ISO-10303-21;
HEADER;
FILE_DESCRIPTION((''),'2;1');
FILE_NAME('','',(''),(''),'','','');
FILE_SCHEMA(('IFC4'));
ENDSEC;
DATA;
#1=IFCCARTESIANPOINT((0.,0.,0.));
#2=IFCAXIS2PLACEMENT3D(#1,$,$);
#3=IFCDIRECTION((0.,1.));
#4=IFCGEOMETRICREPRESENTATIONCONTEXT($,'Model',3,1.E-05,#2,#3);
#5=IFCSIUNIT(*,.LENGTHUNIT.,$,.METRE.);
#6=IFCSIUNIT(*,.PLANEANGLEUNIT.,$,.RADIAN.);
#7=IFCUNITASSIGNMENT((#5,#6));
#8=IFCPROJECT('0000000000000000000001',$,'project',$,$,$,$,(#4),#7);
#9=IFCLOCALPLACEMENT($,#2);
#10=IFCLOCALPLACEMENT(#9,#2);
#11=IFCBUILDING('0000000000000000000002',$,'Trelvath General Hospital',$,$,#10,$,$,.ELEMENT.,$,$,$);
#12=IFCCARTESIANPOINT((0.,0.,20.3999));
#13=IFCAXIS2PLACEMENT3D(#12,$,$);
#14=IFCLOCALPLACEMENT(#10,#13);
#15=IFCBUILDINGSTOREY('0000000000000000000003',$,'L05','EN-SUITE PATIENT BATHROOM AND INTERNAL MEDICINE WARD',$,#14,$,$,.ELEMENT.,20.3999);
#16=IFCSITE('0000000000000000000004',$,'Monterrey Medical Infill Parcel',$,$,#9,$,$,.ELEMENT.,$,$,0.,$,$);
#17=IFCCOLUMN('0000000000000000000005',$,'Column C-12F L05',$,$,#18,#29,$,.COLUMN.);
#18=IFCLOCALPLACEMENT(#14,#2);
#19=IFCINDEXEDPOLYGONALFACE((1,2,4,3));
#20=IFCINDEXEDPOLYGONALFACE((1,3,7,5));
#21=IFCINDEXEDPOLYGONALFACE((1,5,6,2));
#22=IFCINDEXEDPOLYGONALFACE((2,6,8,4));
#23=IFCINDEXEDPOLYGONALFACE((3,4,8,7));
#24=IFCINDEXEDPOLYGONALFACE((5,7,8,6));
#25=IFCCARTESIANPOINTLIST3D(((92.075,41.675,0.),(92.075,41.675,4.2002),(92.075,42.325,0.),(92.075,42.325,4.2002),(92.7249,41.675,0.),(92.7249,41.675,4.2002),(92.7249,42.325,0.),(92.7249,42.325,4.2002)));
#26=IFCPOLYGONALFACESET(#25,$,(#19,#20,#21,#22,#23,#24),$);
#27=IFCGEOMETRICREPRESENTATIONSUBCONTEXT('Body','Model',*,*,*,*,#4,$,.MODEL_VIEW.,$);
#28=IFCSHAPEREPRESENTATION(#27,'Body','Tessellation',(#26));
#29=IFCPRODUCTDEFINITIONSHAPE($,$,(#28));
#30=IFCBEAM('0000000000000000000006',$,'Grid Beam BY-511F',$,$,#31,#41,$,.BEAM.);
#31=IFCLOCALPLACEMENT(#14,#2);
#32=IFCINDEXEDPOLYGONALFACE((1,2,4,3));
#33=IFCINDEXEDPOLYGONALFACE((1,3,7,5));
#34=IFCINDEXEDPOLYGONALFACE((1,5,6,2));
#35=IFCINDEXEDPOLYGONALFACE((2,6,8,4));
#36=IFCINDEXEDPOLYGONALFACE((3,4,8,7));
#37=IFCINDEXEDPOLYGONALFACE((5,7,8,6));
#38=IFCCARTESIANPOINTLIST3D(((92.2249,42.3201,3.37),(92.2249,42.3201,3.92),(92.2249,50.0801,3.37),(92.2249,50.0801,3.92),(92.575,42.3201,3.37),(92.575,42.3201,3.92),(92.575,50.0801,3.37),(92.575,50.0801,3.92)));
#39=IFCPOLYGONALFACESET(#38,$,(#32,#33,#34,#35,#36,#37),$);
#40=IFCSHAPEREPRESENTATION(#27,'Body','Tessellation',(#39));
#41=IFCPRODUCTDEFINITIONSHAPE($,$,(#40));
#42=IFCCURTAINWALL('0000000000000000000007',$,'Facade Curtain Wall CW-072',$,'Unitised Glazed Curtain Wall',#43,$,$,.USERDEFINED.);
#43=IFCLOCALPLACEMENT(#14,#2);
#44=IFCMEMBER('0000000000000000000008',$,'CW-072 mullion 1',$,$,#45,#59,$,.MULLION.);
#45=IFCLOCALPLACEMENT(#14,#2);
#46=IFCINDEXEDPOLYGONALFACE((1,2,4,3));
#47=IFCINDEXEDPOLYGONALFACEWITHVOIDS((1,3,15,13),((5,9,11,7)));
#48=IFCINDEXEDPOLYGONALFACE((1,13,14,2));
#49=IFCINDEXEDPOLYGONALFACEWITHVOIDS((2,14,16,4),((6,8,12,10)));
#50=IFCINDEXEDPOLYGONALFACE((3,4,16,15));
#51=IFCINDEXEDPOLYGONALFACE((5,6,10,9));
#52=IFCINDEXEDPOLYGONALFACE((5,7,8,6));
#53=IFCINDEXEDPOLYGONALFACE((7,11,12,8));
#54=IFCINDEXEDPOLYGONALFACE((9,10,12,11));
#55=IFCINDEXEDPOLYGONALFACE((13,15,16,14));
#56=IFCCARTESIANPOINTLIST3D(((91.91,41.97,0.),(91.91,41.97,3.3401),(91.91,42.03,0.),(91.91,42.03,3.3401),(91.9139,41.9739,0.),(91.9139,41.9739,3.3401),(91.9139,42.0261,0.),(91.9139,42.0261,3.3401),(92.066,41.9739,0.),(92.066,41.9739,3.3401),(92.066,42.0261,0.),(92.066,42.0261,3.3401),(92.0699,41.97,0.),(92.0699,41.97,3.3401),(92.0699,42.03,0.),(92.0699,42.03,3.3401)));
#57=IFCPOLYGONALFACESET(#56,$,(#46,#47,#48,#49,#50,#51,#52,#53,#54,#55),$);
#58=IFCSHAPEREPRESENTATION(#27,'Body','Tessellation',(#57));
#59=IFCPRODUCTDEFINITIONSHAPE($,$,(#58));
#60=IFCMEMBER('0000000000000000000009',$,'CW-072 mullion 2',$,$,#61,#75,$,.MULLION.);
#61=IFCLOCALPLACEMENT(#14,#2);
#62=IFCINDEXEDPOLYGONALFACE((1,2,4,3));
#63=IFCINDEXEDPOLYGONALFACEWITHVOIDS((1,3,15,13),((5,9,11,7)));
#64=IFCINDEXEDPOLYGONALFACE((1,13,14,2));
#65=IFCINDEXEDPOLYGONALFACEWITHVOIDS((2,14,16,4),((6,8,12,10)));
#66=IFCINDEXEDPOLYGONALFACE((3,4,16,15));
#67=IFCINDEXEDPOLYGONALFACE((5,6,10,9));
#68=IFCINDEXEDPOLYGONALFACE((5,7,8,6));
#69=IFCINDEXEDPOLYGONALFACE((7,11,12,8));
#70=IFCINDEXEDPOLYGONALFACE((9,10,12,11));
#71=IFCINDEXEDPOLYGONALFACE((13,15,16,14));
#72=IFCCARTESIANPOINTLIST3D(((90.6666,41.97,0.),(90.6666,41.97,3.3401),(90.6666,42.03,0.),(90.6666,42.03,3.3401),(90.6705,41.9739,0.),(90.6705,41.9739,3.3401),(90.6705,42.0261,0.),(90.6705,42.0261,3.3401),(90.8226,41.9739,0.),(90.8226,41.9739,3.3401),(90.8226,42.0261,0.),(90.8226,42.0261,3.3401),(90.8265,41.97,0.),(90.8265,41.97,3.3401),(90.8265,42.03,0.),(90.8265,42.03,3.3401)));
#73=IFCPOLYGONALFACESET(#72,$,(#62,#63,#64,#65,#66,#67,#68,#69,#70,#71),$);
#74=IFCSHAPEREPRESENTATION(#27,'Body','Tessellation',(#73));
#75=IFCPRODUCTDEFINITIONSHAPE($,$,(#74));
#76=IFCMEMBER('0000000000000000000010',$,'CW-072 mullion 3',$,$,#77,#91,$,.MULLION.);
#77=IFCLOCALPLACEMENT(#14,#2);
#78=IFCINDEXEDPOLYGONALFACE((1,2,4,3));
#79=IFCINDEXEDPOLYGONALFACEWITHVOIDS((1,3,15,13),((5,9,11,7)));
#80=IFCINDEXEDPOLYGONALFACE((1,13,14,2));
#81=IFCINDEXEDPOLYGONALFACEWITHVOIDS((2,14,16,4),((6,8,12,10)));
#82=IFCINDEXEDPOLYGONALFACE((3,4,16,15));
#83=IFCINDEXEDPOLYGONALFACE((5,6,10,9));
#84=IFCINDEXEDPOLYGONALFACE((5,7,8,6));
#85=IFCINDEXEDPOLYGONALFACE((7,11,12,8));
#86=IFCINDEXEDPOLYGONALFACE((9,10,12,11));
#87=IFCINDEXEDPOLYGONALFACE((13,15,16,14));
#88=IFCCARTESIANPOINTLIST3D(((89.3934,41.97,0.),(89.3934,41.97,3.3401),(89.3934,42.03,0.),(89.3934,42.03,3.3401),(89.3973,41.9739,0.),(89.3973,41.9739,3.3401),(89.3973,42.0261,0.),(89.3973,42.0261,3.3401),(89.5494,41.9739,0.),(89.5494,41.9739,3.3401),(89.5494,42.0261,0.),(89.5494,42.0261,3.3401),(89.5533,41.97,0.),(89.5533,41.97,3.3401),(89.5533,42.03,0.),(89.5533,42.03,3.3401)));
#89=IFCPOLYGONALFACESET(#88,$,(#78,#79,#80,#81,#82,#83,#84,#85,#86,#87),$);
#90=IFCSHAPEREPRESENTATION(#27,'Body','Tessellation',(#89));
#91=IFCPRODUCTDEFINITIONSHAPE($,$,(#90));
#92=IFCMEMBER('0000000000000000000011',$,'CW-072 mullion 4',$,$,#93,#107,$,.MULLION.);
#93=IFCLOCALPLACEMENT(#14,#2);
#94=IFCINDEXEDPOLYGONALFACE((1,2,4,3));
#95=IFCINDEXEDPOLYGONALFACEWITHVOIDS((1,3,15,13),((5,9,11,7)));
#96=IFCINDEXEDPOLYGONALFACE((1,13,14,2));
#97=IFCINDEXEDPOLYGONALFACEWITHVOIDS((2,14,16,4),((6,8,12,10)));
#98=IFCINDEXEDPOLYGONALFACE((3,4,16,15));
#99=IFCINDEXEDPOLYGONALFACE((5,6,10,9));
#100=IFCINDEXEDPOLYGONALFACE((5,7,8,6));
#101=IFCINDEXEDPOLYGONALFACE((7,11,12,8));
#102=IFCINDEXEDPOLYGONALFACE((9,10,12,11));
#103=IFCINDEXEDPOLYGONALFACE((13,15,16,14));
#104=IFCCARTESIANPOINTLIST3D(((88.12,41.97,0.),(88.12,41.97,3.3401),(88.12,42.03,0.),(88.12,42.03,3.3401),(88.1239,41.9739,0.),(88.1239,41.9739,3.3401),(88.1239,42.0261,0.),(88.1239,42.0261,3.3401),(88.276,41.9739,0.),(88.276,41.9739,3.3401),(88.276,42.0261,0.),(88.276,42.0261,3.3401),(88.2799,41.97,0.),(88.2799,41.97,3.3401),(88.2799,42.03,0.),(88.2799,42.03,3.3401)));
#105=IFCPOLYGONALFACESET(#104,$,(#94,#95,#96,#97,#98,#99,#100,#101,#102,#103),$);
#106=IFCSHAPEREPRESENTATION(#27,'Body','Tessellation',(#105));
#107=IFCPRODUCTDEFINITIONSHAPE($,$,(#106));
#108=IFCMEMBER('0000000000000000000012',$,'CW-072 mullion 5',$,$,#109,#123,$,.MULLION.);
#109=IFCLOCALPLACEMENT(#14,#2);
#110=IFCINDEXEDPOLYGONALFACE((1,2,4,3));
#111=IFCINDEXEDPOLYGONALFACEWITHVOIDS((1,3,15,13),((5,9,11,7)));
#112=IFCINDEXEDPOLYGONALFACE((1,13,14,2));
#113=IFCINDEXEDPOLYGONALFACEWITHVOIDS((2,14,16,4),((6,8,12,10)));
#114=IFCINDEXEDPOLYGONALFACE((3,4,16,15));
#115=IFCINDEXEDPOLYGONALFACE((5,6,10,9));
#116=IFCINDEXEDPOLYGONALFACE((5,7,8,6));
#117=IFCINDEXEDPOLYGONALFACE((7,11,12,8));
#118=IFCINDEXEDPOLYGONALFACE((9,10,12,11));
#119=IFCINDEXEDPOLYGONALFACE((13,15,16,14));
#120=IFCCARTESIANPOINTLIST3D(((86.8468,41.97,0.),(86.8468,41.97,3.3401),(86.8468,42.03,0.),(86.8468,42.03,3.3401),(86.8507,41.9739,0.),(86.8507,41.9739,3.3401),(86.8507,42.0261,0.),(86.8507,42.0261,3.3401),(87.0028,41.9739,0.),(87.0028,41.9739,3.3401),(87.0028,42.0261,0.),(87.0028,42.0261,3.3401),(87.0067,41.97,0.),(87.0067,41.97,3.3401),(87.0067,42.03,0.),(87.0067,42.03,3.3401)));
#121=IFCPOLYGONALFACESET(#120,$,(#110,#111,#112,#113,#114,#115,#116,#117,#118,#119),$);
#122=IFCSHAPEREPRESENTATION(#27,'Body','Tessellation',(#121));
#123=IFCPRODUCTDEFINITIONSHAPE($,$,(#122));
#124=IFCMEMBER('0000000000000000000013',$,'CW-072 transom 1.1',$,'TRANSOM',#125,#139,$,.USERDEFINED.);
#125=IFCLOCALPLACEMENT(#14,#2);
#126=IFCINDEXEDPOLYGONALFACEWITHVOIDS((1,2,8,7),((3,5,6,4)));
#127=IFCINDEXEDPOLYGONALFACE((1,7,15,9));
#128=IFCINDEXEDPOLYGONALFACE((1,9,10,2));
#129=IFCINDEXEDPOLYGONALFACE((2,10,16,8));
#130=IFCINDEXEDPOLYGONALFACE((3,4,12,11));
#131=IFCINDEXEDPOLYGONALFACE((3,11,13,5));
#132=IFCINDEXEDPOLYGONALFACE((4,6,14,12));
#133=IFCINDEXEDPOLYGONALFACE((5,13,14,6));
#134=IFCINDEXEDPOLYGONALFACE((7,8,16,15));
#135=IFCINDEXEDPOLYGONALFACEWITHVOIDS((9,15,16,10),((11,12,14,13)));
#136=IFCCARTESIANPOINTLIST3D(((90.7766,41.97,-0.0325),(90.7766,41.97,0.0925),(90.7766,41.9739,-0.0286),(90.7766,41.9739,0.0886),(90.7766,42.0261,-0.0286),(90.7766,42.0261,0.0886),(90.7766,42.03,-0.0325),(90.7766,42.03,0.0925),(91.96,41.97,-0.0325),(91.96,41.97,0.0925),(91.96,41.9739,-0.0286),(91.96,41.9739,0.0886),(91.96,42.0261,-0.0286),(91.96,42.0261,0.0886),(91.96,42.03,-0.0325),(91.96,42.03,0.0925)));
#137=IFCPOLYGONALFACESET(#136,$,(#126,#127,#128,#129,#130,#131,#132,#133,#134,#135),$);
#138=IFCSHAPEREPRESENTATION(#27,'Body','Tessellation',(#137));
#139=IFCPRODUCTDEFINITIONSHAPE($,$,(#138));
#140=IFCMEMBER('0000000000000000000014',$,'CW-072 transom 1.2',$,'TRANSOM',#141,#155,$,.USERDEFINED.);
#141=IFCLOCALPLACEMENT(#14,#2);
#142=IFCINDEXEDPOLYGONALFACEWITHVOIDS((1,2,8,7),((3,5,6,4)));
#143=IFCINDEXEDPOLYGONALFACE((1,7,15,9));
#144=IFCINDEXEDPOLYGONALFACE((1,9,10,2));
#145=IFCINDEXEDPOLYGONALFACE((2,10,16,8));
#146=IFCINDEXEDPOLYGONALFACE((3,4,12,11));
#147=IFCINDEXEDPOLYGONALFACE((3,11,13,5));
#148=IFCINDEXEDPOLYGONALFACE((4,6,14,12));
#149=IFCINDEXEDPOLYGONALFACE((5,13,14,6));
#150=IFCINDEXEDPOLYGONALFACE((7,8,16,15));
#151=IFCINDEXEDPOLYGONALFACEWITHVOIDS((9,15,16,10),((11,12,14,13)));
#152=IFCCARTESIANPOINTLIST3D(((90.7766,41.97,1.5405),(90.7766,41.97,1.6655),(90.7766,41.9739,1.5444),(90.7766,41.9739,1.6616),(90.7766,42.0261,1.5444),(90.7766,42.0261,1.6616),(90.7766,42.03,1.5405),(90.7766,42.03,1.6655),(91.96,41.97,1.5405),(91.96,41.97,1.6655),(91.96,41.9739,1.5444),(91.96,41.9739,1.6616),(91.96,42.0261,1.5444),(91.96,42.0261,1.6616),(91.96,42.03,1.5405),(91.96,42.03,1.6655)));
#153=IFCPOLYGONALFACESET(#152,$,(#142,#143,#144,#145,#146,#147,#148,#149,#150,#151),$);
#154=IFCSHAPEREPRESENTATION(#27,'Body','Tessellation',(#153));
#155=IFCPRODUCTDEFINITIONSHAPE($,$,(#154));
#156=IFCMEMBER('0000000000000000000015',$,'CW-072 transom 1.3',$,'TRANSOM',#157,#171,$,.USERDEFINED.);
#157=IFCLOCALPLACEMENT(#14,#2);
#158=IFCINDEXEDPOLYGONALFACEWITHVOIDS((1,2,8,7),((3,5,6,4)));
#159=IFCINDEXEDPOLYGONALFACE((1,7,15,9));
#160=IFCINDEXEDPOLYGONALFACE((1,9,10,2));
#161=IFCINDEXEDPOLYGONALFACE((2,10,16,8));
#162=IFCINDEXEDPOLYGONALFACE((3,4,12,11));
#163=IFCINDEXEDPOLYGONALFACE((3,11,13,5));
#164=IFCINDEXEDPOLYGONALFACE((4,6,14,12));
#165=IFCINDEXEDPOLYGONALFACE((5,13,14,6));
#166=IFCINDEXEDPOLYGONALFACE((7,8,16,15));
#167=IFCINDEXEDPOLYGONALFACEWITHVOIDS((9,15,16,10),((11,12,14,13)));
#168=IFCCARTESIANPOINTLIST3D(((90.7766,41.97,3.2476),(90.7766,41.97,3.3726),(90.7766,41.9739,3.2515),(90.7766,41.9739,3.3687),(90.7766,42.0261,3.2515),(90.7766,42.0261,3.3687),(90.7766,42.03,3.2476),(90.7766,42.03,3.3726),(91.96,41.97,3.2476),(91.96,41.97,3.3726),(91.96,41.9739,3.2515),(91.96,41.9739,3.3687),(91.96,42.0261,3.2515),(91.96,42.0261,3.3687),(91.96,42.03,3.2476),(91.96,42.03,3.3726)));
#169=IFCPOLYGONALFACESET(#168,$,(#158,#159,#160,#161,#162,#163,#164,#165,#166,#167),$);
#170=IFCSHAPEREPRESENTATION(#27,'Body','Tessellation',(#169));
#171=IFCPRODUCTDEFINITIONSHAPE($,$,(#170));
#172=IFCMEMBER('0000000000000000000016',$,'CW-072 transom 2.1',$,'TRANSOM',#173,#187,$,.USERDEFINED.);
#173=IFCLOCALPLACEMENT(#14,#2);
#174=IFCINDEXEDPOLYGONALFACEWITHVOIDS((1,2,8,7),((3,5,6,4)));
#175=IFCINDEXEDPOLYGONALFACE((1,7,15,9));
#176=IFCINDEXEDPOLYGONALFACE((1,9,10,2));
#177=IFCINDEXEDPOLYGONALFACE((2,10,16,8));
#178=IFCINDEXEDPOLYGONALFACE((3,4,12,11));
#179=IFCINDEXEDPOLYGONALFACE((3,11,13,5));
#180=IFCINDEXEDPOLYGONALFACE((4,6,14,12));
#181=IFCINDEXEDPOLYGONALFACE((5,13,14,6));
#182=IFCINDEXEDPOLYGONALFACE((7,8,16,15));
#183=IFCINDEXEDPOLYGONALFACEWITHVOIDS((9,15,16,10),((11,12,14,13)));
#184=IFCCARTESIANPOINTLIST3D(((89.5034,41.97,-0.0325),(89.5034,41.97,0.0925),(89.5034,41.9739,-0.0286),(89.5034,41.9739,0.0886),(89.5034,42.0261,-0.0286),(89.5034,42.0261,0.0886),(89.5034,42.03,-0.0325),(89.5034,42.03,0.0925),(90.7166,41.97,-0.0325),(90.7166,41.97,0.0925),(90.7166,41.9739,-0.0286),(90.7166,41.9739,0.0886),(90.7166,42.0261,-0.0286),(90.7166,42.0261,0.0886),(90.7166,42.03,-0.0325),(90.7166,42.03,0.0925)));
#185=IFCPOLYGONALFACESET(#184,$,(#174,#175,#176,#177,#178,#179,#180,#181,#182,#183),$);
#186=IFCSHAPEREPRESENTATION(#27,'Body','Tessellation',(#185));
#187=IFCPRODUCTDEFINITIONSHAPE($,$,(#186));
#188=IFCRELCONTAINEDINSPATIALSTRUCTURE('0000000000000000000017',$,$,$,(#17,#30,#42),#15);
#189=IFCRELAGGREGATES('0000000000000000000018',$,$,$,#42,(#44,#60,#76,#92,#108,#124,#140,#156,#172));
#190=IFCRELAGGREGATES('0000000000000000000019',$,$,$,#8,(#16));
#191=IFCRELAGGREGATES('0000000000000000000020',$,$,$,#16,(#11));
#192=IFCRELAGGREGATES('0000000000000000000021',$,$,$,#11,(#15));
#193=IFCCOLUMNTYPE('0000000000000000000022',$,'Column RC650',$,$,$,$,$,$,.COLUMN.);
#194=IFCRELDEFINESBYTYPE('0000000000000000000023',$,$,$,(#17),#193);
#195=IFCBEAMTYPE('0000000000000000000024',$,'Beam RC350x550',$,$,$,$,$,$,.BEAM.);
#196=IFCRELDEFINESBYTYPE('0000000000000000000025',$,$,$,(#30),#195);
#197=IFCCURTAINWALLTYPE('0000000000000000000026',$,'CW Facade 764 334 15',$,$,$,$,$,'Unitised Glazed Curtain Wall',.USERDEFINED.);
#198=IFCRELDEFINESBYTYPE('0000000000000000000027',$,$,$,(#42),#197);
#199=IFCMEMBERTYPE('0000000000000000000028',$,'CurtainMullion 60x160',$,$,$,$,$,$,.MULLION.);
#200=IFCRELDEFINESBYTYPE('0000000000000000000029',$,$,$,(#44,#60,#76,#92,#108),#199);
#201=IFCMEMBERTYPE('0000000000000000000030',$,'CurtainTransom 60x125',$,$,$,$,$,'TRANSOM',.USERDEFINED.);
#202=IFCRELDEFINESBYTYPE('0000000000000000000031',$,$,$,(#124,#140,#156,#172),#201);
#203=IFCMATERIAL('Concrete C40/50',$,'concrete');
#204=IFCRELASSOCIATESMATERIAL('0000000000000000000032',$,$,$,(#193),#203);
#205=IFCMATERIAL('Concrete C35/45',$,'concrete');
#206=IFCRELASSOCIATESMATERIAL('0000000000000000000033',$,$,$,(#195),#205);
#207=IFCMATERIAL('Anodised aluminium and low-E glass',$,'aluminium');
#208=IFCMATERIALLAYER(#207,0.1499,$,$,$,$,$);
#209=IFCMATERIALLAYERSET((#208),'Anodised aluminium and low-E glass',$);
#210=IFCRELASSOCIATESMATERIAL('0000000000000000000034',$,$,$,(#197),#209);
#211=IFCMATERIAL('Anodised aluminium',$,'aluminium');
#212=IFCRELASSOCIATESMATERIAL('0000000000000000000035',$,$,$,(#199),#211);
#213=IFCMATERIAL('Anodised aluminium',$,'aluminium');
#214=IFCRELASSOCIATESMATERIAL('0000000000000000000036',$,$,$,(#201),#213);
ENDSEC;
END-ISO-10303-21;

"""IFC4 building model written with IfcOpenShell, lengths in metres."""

from ifc_helpers import new_model, si_unit, direction, frame, origin, origin_2d, place, context, subcontext, project, spatial, rectangle, hollow_rectangle, extrude, material, layer, layer_set, material_profile, profile_set, type_object, element, aggregate, save


model = new_model("IFC4")

# Units and contexts
model_context = context("Model", 3, precision=1e-05, world=origin(), true_north=direction((0.0, 1.0)))
body_context = subcontext(model_context, "Body", "Model", "MODEL_VIEW")
ifc_project = project(units=[si_unit("LENGTHUNIT", "METRE"), si_unit("PLANEANGLEUNIT", "RADIAN")], contexts=[model_context])

# Site, building, storey
site_placement = place(None, origin())
site = spatial("IfcSite", under=ifc_project, at=site_placement, Name="Monterrey Medical Infill Parcel", CompositionType="ELEMENT", RefElevation=0.0)
building_placement = place(site_placement, origin())
building = spatial("IfcBuilding", under=site, at=building_placement, Name="Trelvath General Hospital", CompositionType="ELEMENT")
storey_placement = place(building_placement, frame((0.0, 0.0, 20.3999)))
storey = spatial("IfcBuildingStorey", under=building, at=storey_placement, Name="L05", Description="EN-SUITE PATIENT BATHROOM AND INTERNAL MEDICINE WARD", CompositionType="ELEMENT", Elevation=20.3999)

# Column
ifc_material_1 = material(Name="Concrete C40/50", Category="concrete")
ifc_material_profile_1 = material_profile(ifc_material_1, rectangle(XDim=0.6499, YDim=0.6499, at=origin_2d()), Name="RC650x650")
ifc_profile_set_1 = profile_set([ifc_material_profile_1], Name="Concrete C40/50")
column_type = type_object("IfcColumnType", Name="Column RC650", PredefinedType="COLUMN", material=ifc_profile_set_1)
column_placement = place(storey_placement, frame((92.3999, 42.0, 0.0), z_axis=(0.0, 0.0, 1.0), x_axis=(1.0, 0.0, 0.0)))
element("IfcColumn", 1, at=column_placement, inside=storey, type_object=column_type, Name="Column C-12F L05", PredefinedType="COLUMN", context=body_context, shape_type="SweptSolid", body=[
    extrude(rectangle(XDim=0.6499, YDim=0.6499, at=origin_2d()), origin(), (0.0, 0.0, 1.0), 4.2002),
])

# Beam
ifc_material_2 = material(Name="Concrete C35/45", Category="concrete")
ifc_material_profile_2 = material_profile(ifc_material_2, rectangle(XDim=0.3501, YDim=0.55, at=origin_2d()), Name="RCB350x550")
ifc_profile_set_2 = profile_set([ifc_material_profile_2], Name="Concrete C35/45")
beam_type = type_object("IfcBeamType", Name="Beam RC350x550", PredefinedType="BEAM", material=ifc_profile_set_2)
beam_placement = place(storey_placement, frame((92.3999, 42.3201, 3.645), z_axis=(0.0, 1.0, 0.0), x_axis=(-1.0, 0.0, 0.0)))
element("IfcBeam", 2, at=beam_placement, inside=storey, type_object=beam_type, Name="Grid Beam BY-511F", PredefinedType="BEAM", context=body_context, shape_type="SweptSolid", body=[
    extrude(rectangle(XDim=0.3501, YDim=0.55, at=origin_2d()), origin(), (0.0, 0.0, 1.0), 7.76),
])

# Curtain wall, members
ifc_material_3 = material(Name="Anodised aluminium and low-E glass", Category="aluminium")
ifc_layer_1 = layer(ifc_material_3, 0.1499)
ifc_layer_set_1 = layer_set([ifc_layer_1], Name="Anodised aluminium and low-E glass")
curtain_wall_type = type_object("IfcCurtainWallType", Name="CW Facade 764 334 15", ElementType="Unitised Glazed Curtain Wall", PredefinedType="USERDEFINED", material=ifc_layer_set_1)
curtain_wall_placement = place(storey_placement, origin())
curtain_wall = element("IfcCurtainWall", 3, at=curtain_wall_placement, inside=storey, type_object=curtain_wall_type, Name="Facade Curtain Wall CW-072", ObjectType="Unitised Glazed Curtain Wall", PredefinedType="USERDEFINED")
ifc_material_4 = material(Name="Anodised aluminium", Category="aluminium")
ifc_material_profile_3 = material_profile(ifc_material_4, hollow_rectangle(XDim=0.0601, YDim=0.1599, WallThickness=0.0039, at=origin_2d()), Name="RHS60x160x4")
ifc_profile_set_3 = profile_set([ifc_material_profile_3], Name="Anodised aluminium")
member_type_1 = type_object("IfcMemberType", Name="CurtainMullion 60x160", PredefinedType="MULLION", material=ifc_profile_set_3)
member_1_placement = place(storey_placement, frame((91.99, 42.0, 0.0), z_axis=(0.0, 0.0, 1.0), x_axis=(0.0, -1.0, 0.0)))
member_1 = element("IfcMember", 4, at=member_1_placement, type_object=member_type_1, Name="CW-072 mullion 1", PredefinedType="MULLION", context=body_context, shape_type="SweptSolid", body=[
    extrude(hollow_rectangle(XDim=0.0601, YDim=0.1599, WallThickness=0.0039, at=origin_2d()), origin(), (0.0, 0.0, 1.0), 3.3401),
])
member_2_placement = place(storey_placement, frame((90.7466, 42.0, 0.0), z_axis=(0.0, 0.0, 1.0), x_axis=(0.0, -1.0, 0.0)))
member_2 = element("IfcMember", 5, at=member_2_placement, type_object=member_type_1, Name="CW-072 mullion 2", PredefinedType="MULLION", context=body_context, shape_type="SweptSolid", body=[
    extrude(hollow_rectangle(XDim=0.0601, YDim=0.1599, WallThickness=0.0039, at=origin_2d()), origin(), (0.0, 0.0, 1.0), 3.3401),
])
member_3_placement = place(storey_placement, frame((89.4734, 42.0, 0.0), z_axis=(0.0, 0.0, 1.0), x_axis=(0.0, -1.0, 0.0)))
member_3 = element("IfcMember", 6, at=member_3_placement, type_object=member_type_1, Name="CW-072 mullion 3", PredefinedType="MULLION", context=body_context, shape_type="SweptSolid", body=[
    extrude(hollow_rectangle(XDim=0.0601, YDim=0.1599, WallThickness=0.0039, at=origin_2d()), origin(), (0.0, 0.0, 1.0), 3.3401),
])
member_4_placement = place(storey_placement, frame((88.2, 42.0, 0.0), z_axis=(0.0, 0.0, 1.0), x_axis=(0.0, -1.0, 0.0)))
member_4 = element("IfcMember", 7, at=member_4_placement, type_object=member_type_1, Name="CW-072 mullion 4", PredefinedType="MULLION", context=body_context, shape_type="SweptSolid", body=[
    extrude(hollow_rectangle(XDim=0.0601, YDim=0.1599, WallThickness=0.0039, at=origin_2d()), origin(), (0.0, 0.0, 1.0), 3.3401),
])
member_5_placement = place(storey_placement, frame((86.9268, 42.0, 0.0), z_axis=(0.0, 0.0, 1.0), x_axis=(0.0, -1.0, 0.0)))
member_5 = element("IfcMember", 8, at=member_5_placement, type_object=member_type_1, Name="CW-072 mullion 5", PredefinedType="MULLION", context=body_context, shape_type="SweptSolid", body=[
    extrude(hollow_rectangle(XDim=0.0601, YDim=0.1599, WallThickness=0.0039, at=origin_2d()), origin(), (0.0, 0.0, 1.0), 3.3401),
])
ifc_material_5 = material(Name="Anodised aluminium", Category="aluminium")
ifc_material_profile_4 = material_profile(ifc_material_5, hollow_rectangle(XDim=0.0601, YDim=0.125, WallThickness=0.0039, at=origin_2d()), Name="RHS60x125x4")
ifc_profile_set_4 = profile_set([ifc_material_profile_4], Name="Anodised aluminium")
member_type_2 = type_object("IfcMemberType", Name="CurtainTransom 60x125", ElementType="TRANSOM", PredefinedType="USERDEFINED", material=ifc_profile_set_4)
member_6_placement = place(storey_placement, frame((91.96, 42.0, 0.03), z_axis=(-1.0, 0.0, 0.0), x_axis=(0.0, -1.0, 0.0)))
member_6 = element("IfcMember", 9, at=member_6_placement, type_object=member_type_2, Name="CW-072 transom 1.1", ObjectType="TRANSOM", PredefinedType="USERDEFINED", context=body_context, shape_type="SweptSolid", body=[
    extrude(hollow_rectangle(XDim=0.0601, YDim=0.125, WallThickness=0.0039, at=origin_2d()), origin(), (0.0, 0.0, 1.0), 1.1833),
])
member_7_placement = place(storey_placement, frame((91.96, 42.0, 1.603), z_axis=(-1.0, 0.0, 0.0), x_axis=(0.0, -1.0, 0.0)))
member_7 = element("IfcMember", 10, at=member_7_placement, type_object=member_type_2, Name="CW-072 transom 1.2", ObjectType="TRANSOM", PredefinedType="USERDEFINED", context=body_context, shape_type="SweptSolid", body=[
    extrude(hollow_rectangle(XDim=0.0601, YDim=0.125, WallThickness=0.0039, at=origin_2d()), origin(), (0.0, 0.0, 1.0), 1.1833),
])
member_8_placement = place(storey_placement, frame((91.96, 42.0, 3.3101), z_axis=(-1.0, 0.0, 0.0), x_axis=(0.0, -1.0, 0.0)))
member_8 = element("IfcMember", 11, at=member_8_placement, type_object=member_type_2, Name="CW-072 transom 1.3", ObjectType="TRANSOM", PredefinedType="USERDEFINED", context=body_context, shape_type="SweptSolid", body=[
    extrude(hollow_rectangle(XDim=0.0601, YDim=0.125, WallThickness=0.0039, at=origin_2d()), origin(), (0.0, 0.0, 1.0), 1.1833),
])
member_9_placement = place(storey_placement, frame((90.7166, 42.0, 0.03), z_axis=(-1.0, 0.0, 0.0), x_axis=(0.0, -1.0, 0.0)))
member_9 = element("IfcMember", 12, at=member_9_placement, type_object=member_type_2, Name="CW-072 transom 2.1", ObjectType="TRANSOM", PredefinedType="USERDEFINED", context=body_context, shape_type="SweptSolid", body=[
    extrude(hollow_rectangle(XDim=0.0601, YDim=0.125, WallThickness=0.0039, at=origin_2d()), origin(), (0.0, 0.0, 1.0), 1.2131),
])
aggregate(curtain_wall, [member_1, member_2, member_3, member_4, member_5, member_6, member_7, member_8, member_9])

save(model, "model.ifc")
